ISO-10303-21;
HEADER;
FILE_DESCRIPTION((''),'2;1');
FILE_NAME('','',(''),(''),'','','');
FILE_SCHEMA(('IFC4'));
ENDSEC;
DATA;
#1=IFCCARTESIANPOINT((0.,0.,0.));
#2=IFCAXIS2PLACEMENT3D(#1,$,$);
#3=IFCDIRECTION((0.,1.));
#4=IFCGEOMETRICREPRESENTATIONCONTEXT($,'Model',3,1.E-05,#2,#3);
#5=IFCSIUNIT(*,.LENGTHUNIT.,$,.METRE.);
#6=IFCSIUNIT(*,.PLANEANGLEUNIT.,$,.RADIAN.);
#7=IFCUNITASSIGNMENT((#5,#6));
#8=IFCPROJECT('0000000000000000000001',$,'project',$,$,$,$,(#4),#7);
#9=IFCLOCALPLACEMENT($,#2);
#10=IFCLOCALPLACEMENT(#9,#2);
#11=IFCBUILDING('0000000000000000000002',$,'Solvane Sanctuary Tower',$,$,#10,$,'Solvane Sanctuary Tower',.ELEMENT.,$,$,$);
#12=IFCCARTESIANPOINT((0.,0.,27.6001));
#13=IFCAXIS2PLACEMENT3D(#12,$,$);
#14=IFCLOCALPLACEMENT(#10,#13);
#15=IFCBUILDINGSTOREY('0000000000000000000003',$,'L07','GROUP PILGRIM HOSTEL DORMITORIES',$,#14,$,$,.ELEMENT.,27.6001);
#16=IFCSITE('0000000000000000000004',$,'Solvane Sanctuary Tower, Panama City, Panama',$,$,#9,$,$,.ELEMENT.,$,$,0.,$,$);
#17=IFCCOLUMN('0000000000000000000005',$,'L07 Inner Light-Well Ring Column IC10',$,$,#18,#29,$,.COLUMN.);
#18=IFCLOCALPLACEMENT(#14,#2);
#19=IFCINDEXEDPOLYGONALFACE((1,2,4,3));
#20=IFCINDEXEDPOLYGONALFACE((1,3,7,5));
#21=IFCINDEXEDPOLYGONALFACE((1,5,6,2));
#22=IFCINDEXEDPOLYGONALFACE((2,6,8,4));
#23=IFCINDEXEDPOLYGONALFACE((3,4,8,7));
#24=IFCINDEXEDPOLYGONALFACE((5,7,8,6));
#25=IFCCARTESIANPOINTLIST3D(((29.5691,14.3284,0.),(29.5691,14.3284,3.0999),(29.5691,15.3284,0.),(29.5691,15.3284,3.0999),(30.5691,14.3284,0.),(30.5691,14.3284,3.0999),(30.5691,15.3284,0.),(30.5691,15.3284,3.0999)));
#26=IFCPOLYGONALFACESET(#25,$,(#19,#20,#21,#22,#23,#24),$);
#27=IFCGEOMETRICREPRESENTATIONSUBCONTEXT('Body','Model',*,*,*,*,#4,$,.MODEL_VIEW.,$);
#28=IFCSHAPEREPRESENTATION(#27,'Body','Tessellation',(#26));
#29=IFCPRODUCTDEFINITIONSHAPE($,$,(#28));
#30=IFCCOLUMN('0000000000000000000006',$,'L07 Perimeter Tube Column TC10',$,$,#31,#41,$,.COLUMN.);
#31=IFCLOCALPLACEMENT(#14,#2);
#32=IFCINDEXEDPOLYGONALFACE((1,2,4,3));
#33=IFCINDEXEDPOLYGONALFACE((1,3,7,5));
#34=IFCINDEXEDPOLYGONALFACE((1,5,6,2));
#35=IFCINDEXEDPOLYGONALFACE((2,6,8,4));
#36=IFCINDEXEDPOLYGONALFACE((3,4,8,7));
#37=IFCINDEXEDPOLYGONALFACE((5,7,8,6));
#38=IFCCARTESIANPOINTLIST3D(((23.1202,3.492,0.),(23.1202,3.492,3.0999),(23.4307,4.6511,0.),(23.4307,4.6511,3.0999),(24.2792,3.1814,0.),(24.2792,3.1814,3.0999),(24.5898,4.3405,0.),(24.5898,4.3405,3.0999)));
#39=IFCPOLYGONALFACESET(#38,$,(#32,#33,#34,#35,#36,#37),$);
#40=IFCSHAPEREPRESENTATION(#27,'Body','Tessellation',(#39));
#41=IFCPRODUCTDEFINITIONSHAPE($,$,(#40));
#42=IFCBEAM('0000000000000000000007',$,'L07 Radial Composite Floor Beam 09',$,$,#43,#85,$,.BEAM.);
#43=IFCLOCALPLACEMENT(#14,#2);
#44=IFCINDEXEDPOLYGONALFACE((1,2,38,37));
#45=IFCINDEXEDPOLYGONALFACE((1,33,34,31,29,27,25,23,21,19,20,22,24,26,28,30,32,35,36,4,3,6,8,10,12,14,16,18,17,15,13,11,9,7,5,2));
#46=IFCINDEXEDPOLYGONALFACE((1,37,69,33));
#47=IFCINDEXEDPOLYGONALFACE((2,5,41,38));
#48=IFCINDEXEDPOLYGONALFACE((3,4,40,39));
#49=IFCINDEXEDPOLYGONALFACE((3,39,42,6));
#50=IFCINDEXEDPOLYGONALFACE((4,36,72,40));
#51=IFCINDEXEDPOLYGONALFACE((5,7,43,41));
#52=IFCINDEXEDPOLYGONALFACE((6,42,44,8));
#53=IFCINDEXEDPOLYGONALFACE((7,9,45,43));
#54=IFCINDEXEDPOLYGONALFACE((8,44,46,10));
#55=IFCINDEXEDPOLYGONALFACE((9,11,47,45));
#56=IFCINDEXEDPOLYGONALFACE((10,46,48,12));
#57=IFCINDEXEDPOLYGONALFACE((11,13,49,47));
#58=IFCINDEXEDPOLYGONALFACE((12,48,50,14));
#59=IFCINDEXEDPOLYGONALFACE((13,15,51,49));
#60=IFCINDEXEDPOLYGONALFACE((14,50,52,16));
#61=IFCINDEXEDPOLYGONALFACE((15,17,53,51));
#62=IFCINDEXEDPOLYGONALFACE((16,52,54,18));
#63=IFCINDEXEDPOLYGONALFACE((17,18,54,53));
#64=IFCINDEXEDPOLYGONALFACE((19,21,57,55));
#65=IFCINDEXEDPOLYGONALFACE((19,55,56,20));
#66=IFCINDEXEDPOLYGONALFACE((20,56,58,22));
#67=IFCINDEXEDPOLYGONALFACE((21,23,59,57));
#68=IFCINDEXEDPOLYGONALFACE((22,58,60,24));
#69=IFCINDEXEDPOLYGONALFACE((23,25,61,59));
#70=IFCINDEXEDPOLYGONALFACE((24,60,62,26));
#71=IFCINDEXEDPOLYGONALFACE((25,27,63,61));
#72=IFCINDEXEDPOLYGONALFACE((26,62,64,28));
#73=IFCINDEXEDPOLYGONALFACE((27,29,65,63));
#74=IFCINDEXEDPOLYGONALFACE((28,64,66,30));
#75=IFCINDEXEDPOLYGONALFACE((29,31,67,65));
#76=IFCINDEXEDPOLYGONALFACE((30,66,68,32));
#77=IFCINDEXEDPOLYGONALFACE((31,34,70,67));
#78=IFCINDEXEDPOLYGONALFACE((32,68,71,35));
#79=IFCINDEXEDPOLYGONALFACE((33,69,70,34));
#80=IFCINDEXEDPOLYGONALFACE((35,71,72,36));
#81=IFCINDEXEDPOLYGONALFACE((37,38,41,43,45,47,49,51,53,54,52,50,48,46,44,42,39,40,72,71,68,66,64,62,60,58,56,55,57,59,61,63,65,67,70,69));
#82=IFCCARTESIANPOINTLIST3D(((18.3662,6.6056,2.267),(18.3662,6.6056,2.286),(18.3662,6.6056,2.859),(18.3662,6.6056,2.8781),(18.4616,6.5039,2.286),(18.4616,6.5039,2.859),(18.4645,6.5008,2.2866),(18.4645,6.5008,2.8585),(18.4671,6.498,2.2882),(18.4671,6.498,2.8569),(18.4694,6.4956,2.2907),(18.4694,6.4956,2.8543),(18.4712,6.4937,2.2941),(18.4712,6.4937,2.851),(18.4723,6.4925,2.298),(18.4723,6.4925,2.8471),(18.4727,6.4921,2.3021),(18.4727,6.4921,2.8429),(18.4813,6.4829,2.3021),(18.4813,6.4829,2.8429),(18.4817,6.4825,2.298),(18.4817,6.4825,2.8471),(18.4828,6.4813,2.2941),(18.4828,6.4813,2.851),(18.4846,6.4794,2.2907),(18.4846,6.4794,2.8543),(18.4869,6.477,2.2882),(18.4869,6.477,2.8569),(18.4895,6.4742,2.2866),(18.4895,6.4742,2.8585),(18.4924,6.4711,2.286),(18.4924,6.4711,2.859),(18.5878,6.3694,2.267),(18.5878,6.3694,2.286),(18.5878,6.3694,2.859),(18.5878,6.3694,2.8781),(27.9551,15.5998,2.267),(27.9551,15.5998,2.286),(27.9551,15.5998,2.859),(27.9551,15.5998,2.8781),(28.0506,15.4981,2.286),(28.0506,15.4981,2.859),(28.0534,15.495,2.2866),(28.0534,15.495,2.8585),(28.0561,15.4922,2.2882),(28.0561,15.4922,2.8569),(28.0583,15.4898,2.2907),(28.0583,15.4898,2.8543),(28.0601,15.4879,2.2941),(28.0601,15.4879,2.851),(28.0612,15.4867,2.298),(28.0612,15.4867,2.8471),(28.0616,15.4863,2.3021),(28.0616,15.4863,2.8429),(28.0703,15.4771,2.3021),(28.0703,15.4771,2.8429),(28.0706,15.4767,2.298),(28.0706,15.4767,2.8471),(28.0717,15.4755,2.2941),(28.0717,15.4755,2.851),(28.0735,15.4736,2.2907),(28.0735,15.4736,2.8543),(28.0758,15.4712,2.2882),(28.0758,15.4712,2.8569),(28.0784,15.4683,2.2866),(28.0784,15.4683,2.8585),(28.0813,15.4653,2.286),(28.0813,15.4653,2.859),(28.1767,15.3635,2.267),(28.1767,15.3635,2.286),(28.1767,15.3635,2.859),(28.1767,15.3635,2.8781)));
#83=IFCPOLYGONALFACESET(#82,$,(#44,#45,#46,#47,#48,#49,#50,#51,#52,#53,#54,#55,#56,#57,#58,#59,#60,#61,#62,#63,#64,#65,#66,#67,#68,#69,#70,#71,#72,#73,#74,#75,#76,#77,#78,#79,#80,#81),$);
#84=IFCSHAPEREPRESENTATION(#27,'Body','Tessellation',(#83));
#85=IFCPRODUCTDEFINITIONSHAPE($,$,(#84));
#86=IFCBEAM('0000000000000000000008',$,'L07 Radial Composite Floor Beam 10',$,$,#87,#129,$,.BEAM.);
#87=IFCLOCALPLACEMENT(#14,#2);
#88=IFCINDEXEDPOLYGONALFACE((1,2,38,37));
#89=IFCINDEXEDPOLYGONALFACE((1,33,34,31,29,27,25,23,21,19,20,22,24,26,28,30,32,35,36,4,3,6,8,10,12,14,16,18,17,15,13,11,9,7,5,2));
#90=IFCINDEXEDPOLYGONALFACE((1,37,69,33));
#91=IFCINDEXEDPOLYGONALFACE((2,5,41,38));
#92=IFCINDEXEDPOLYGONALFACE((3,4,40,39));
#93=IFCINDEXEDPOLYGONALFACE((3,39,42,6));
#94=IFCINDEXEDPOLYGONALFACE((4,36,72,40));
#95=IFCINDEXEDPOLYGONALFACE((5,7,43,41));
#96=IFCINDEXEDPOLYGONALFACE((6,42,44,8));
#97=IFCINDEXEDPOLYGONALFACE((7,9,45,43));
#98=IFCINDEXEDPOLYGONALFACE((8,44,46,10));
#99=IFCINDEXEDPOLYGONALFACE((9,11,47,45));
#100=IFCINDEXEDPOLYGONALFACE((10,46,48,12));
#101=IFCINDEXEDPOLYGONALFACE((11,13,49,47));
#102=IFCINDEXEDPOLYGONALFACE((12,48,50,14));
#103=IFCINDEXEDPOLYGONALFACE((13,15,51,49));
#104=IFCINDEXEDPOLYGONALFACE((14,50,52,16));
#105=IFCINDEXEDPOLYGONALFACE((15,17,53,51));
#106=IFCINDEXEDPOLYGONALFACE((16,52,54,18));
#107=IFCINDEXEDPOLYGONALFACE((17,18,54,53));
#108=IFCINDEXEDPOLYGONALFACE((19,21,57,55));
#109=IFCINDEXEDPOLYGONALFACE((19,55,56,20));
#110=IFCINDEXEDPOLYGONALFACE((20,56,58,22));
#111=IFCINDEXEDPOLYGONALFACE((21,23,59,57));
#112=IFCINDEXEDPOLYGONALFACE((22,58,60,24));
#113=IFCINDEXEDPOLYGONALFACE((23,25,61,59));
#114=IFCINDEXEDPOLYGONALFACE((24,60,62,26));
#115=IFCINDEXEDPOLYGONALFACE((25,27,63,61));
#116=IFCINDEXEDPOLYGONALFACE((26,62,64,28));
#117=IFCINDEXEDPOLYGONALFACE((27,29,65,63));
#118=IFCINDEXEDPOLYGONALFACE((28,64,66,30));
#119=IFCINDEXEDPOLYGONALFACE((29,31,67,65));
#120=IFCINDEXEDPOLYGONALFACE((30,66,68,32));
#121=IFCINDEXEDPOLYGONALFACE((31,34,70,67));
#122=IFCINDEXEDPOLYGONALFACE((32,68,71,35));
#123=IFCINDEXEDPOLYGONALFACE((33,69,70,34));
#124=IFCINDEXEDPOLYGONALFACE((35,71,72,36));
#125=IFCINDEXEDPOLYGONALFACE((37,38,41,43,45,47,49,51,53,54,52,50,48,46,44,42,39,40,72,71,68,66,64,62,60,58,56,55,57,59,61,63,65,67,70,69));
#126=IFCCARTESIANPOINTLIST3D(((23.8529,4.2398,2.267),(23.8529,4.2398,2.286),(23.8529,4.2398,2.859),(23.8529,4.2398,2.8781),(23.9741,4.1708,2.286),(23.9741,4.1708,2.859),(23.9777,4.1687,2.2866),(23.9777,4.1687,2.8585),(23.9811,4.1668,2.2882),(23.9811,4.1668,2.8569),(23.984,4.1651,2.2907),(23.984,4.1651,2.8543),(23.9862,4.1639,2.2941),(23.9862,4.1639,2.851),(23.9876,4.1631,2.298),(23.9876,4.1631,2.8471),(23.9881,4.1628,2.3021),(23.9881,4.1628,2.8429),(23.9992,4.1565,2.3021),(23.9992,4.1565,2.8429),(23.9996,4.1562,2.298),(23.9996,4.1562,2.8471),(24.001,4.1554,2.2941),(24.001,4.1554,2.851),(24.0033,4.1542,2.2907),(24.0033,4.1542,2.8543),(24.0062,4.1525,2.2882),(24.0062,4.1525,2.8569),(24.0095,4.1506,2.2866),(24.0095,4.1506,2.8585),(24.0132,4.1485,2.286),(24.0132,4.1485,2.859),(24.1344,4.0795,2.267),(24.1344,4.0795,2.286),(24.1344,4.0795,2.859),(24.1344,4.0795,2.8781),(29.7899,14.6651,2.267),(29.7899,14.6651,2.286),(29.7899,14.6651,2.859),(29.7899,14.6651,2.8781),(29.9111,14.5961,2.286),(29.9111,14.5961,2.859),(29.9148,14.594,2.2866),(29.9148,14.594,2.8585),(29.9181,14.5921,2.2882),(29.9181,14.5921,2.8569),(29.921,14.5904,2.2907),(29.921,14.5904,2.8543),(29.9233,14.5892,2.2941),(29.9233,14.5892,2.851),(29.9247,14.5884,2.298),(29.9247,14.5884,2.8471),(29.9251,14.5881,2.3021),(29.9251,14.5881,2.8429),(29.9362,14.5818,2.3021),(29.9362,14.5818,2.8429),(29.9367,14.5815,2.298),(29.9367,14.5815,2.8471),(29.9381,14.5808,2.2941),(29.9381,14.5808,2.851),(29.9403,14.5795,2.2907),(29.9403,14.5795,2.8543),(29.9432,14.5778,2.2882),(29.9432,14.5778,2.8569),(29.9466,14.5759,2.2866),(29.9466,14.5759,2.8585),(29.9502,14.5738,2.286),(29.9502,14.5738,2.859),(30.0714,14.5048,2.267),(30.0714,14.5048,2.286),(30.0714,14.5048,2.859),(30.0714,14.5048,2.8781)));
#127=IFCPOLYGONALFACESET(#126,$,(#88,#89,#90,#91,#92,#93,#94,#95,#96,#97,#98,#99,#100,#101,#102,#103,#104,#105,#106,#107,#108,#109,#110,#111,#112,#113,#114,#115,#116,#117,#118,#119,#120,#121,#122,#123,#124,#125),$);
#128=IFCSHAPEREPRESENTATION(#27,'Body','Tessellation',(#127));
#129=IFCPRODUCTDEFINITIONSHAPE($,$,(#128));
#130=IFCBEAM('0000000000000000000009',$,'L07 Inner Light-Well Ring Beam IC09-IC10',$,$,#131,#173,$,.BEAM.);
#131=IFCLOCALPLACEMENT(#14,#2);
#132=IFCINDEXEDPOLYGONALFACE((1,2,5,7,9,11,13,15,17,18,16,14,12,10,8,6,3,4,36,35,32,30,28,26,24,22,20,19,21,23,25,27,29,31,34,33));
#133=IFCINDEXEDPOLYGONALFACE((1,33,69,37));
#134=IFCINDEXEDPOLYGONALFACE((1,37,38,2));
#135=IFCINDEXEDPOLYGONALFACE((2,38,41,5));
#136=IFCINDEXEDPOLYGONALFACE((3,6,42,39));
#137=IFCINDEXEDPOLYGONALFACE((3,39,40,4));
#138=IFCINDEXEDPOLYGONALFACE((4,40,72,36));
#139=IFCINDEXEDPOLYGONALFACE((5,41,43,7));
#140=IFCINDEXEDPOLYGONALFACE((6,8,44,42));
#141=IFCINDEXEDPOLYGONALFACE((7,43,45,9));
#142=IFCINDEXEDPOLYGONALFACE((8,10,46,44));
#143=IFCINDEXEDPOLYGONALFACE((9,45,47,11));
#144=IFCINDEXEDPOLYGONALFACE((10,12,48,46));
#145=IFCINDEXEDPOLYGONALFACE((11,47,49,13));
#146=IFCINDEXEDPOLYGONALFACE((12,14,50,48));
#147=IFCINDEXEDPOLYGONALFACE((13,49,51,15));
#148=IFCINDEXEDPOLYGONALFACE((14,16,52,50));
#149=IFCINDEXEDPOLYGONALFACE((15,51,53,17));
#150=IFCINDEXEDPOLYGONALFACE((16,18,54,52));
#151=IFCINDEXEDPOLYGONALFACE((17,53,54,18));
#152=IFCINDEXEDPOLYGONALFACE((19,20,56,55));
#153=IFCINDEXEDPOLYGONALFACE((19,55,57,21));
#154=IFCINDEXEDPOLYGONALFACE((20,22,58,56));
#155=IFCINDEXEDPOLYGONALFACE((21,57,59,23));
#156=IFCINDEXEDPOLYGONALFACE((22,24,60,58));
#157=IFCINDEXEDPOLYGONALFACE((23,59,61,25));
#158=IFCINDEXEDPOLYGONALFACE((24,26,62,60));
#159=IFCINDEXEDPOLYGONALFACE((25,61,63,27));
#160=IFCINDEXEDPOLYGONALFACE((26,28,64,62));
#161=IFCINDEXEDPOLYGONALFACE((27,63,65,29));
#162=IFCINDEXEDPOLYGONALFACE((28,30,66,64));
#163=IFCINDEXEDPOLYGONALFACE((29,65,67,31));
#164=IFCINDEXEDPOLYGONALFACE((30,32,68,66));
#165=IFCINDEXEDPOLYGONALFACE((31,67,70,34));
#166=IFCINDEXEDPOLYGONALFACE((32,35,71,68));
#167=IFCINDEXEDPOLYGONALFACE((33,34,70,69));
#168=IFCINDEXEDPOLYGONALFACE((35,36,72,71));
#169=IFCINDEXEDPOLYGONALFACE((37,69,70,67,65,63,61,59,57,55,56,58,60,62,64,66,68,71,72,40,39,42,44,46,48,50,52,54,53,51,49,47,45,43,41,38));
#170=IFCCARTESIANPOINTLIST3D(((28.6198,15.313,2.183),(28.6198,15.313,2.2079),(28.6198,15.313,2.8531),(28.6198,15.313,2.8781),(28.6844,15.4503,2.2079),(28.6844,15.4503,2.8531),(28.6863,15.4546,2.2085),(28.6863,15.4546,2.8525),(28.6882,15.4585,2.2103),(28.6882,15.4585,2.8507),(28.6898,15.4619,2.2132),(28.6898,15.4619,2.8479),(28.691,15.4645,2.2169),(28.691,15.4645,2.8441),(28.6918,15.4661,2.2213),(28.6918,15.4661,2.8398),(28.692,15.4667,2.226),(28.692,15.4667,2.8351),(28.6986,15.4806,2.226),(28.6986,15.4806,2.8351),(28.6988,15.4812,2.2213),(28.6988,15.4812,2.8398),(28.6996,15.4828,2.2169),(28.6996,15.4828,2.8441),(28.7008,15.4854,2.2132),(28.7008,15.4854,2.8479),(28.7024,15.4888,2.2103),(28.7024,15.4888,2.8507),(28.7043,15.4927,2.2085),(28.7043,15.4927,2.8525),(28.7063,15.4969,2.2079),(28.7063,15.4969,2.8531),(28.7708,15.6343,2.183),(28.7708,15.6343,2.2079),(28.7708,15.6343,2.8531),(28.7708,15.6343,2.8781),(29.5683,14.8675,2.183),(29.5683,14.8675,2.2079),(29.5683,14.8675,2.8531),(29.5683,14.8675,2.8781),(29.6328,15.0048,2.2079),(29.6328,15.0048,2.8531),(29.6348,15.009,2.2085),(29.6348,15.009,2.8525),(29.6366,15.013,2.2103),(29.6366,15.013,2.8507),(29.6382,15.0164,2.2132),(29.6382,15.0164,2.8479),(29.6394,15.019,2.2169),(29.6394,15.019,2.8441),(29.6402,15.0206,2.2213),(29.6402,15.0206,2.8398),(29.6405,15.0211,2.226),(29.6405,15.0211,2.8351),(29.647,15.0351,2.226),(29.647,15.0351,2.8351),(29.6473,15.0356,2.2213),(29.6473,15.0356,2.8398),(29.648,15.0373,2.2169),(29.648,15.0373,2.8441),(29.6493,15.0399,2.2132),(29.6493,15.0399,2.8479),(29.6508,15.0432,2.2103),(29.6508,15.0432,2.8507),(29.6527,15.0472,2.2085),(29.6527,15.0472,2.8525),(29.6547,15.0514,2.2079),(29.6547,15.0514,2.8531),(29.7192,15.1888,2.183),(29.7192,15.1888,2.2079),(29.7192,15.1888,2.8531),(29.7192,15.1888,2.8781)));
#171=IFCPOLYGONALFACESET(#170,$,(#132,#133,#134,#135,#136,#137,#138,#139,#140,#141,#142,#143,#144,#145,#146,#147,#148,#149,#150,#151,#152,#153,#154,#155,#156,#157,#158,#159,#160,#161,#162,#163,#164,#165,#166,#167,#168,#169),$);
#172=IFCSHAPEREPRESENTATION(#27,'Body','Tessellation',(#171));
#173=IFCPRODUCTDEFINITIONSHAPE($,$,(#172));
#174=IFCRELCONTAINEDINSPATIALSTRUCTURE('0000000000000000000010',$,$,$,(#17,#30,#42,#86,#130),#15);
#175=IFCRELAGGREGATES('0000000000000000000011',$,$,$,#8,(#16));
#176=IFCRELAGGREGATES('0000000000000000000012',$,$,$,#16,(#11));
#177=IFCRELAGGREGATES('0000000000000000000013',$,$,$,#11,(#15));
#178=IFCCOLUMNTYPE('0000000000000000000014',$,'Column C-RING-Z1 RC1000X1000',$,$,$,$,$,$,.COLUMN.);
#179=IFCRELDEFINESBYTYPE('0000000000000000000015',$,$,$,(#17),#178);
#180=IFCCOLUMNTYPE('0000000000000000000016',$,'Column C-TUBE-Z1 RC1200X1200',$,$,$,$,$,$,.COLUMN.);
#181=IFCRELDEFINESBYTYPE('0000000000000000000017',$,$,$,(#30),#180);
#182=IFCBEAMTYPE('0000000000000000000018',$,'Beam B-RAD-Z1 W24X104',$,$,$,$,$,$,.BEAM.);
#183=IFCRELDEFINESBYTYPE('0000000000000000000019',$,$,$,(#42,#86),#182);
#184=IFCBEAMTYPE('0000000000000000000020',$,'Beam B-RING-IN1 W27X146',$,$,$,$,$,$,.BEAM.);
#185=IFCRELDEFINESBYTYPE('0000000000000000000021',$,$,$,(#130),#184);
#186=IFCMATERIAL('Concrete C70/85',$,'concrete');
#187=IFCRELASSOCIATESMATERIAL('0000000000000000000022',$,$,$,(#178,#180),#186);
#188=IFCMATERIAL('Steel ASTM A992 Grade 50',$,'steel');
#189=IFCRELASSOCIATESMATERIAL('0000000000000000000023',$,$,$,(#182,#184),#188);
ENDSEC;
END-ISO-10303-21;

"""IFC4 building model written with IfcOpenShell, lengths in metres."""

from ifc_helpers import new_model, si_unit, direction, frame, origin, origin_2d, place, context, subcontext, project, spatial, rectangle, i_section, extrude, material, material_profile, profile_set, type_object, element, save


model = new_model("IFC4")

# Units and contexts
model_context = context("Model", 3, precision=1e-05, world=origin(), true_north=direction((0.0, 1.0)))
body_context = subcontext(model_context, "Body", "Model", "MODEL_VIEW")
ifc_project = project(units=[si_unit("LENGTHUNIT", "METRE"), si_unit("PLANEANGLEUNIT", "RADIAN")], contexts=[model_context])

# Site, building, storey
site_placement = place(None, origin())
site = spatial("IfcSite", under=ifc_project, at=site_placement, Name="Solvane Sanctuary Tower, Panama City, Panama", CompositionType="ELEMENT", RefElevation=0.0)
building_placement = place(site_placement, origin())
building = spatial("IfcBuilding", under=site, at=building_placement, Name="Solvane Sanctuary Tower", LongName="Solvane Sanctuary Tower", CompositionType="ELEMENT")
storey_placement = place(building_placement, frame((0.0, 0.0, 27.6001)))
storey = spatial("IfcBuildingStorey", under=building, at=storey_placement, Name="L07", Description="GROUP PILGRIM HOSTEL DORMITORIES", CompositionType="ELEMENT", Elevation=27.6001)

# Columns
ifc_material_1 = material(Name="Concrete C70/85", Category="concrete")
ifc_material_profile_1 = material_profile(ifc_material_1, rectangle(XDim=1.0, YDim=1.0, at=origin_2d()), Name="RC1000X1000")
ifc_profile_set_1 = profile_set([ifc_material_profile_1], Name="Concrete C70/85")
column_type_1 = type_object("IfcColumnType", Name="Column C-RING-Z1 RC1000X1000", PredefinedType="COLUMN", material=ifc_profile_set_1)
column_1_placement = place(storey_placement, frame((30.0691, 14.8284, 0.0), z_axis=(0.0, 0.0, 1.0), x_axis=(1.0, 0.0, 0.0)))
element("IfcColumn", 1, at=column_1_placement, inside=storey, type_object=column_type_1, Name="L07 Inner Light-Well Ring Column IC10", PredefinedType="COLUMN", context=body_context, shape_type="SweptSolid", body=[
    extrude(rectangle(XDim=1.0, YDim=1.0, at=origin_2d()), origin(), (0.0, 0.0, 1.0), 3.0999),
])
ifc_material_profile_2 = material_profile(ifc_material_1, rectangle(XDim=1.2, YDim=1.2, at=origin_2d()), Name="RC1200X1200")
ifc_profile_set_2 = profile_set([ifc_material_profile_2], Name="Concrete C70/85")
column_type_2 = type_object("IfcColumnType", Name="Column C-TUBE-Z1 RC1200X1200", PredefinedType="COLUMN", material=ifc_profile_set_2)
column_2_placement = place(storey_placement, frame((23.855, 3.9163, 0.0), z_axis=(0.0, 0.0, 1.0), x_axis=(-0.258819, -0.965926, 0.0)))
element("IfcColumn", 2, at=column_2_placement, inside=storey, type_object=column_type_2, Name="L07 Perimeter Tube Column TC10", PredefinedType="COLUMN", context=body_context, shape_type="SweptSolid", body=[
    extrude(rectangle(XDim=1.2, YDim=1.2, at=origin_2d()), origin(), (0.0, 0.0, 1.0), 3.0999),
])

# Beams
ifc_material_2 = material(Name="Steel ASTM A992 Grade 50", Category="steel")
ifc_material_profile_3 = material_profile(ifc_material_2, i_section(OverallWidth=0.324, OverallDepth=0.6111, WebThickness=0.0127, FlangeThickness=0.019, FilletRadius=0.0161, at=origin_2d()), Name="W24X104")
ifc_profile_set_3 = profile_set([ifc_material_profile_3], Name="Steel ASTM A992 Grade 50")
beam_type_1 = type_object("IfcBeamType", Name="Beam B-RAD-Z1 W24X104", PredefinedType="BEAM", material=ifc_profile_set_3)
beam_1_placement = place(storey_placement, frame((28.0659, 15.4817, 2.5725), z_axis=(-0.729363, -0.684126, 0.0), x_axis=(0.684126, -0.729363, 0.0)))
element("IfcBeam", 3, at=beam_1_placement, inside=storey, type_object=beam_type_1, Name="L07 Radial Composite Floor Beam 09", PredefinedType="BEAM", context=body_context, shape_type="SweptSolid", body=[
    extrude(i_section(OverallWidth=0.324, OverallDepth=0.6111, WebThickness=0.0127, FlangeThickness=0.019, FilletRadius=0.0161, at=origin_2d()), origin(), (0.0, 0.0, 1.0), 13.147),
])
beam_2_placement = place(storey_placement, frame((29.9307, 14.585, 2.5725), z_axis=(-0.494863, -0.868971, 0.0), x_axis=(0.868971, -0.494863, 0.0)))
element("IfcBeam", 4, at=beam_2_placement, inside=storey, type_object=beam_type_1, Name="L07 Radial Composite Floor Beam 10", PredefinedType="BEAM", context=body_context, shape_type="SweptSolid", body=[
    extrude(i_section(OverallWidth=0.324, OverallDepth=0.6111, WebThickness=0.0127, FlangeThickness=0.019, FilletRadius=0.0161, at=origin_2d()), origin(), (0.0, 0.0, 1.0), 11.9973),
])
ifc_material_profile_4 = material_profile(ifc_material_2, i_section(OverallWidth=0.355, OverallDepth=0.6951, WebThickness=0.0154, FlangeThickness=0.0249, FilletRadius=0.0181, at=origin_2d()), Name="W27X146")
ifc_profile_set_4 = profile_set([ifc_material_profile_4], Name="Steel ASTM A992 Grade 50")
beam_type_2 = type_object("IfcBeamType", Name="Beam B-RING-IN1 W27X146", PredefinedType="BEAM", material=ifc_profile_set_4)
beam_3_placement = place(storey_placement, frame((28.6953, 15.4736, 2.5305), z_axis=(0.905109, -0.42518, 0.0), x_axis=(0.42518, 0.905109, 0.0)))
element("IfcBeam", 5, at=beam_3_placement, inside=storey, type_object=beam_type_2, Name="L07 Inner Light-Well Ring Beam IC09-IC10", PredefinedType="BEAM", context=body_context, shape_type="SweptSolid", body=[
    extrude(i_section(OverallWidth=0.355, OverallDepth=0.6951, WebThickness=0.0154, FlangeThickness=0.0249, FilletRadius=0.0181, at=origin_2d()), origin(), (0.0, 0.0, 1.0), 1.0479),
])

save(model, "model.ifc")
